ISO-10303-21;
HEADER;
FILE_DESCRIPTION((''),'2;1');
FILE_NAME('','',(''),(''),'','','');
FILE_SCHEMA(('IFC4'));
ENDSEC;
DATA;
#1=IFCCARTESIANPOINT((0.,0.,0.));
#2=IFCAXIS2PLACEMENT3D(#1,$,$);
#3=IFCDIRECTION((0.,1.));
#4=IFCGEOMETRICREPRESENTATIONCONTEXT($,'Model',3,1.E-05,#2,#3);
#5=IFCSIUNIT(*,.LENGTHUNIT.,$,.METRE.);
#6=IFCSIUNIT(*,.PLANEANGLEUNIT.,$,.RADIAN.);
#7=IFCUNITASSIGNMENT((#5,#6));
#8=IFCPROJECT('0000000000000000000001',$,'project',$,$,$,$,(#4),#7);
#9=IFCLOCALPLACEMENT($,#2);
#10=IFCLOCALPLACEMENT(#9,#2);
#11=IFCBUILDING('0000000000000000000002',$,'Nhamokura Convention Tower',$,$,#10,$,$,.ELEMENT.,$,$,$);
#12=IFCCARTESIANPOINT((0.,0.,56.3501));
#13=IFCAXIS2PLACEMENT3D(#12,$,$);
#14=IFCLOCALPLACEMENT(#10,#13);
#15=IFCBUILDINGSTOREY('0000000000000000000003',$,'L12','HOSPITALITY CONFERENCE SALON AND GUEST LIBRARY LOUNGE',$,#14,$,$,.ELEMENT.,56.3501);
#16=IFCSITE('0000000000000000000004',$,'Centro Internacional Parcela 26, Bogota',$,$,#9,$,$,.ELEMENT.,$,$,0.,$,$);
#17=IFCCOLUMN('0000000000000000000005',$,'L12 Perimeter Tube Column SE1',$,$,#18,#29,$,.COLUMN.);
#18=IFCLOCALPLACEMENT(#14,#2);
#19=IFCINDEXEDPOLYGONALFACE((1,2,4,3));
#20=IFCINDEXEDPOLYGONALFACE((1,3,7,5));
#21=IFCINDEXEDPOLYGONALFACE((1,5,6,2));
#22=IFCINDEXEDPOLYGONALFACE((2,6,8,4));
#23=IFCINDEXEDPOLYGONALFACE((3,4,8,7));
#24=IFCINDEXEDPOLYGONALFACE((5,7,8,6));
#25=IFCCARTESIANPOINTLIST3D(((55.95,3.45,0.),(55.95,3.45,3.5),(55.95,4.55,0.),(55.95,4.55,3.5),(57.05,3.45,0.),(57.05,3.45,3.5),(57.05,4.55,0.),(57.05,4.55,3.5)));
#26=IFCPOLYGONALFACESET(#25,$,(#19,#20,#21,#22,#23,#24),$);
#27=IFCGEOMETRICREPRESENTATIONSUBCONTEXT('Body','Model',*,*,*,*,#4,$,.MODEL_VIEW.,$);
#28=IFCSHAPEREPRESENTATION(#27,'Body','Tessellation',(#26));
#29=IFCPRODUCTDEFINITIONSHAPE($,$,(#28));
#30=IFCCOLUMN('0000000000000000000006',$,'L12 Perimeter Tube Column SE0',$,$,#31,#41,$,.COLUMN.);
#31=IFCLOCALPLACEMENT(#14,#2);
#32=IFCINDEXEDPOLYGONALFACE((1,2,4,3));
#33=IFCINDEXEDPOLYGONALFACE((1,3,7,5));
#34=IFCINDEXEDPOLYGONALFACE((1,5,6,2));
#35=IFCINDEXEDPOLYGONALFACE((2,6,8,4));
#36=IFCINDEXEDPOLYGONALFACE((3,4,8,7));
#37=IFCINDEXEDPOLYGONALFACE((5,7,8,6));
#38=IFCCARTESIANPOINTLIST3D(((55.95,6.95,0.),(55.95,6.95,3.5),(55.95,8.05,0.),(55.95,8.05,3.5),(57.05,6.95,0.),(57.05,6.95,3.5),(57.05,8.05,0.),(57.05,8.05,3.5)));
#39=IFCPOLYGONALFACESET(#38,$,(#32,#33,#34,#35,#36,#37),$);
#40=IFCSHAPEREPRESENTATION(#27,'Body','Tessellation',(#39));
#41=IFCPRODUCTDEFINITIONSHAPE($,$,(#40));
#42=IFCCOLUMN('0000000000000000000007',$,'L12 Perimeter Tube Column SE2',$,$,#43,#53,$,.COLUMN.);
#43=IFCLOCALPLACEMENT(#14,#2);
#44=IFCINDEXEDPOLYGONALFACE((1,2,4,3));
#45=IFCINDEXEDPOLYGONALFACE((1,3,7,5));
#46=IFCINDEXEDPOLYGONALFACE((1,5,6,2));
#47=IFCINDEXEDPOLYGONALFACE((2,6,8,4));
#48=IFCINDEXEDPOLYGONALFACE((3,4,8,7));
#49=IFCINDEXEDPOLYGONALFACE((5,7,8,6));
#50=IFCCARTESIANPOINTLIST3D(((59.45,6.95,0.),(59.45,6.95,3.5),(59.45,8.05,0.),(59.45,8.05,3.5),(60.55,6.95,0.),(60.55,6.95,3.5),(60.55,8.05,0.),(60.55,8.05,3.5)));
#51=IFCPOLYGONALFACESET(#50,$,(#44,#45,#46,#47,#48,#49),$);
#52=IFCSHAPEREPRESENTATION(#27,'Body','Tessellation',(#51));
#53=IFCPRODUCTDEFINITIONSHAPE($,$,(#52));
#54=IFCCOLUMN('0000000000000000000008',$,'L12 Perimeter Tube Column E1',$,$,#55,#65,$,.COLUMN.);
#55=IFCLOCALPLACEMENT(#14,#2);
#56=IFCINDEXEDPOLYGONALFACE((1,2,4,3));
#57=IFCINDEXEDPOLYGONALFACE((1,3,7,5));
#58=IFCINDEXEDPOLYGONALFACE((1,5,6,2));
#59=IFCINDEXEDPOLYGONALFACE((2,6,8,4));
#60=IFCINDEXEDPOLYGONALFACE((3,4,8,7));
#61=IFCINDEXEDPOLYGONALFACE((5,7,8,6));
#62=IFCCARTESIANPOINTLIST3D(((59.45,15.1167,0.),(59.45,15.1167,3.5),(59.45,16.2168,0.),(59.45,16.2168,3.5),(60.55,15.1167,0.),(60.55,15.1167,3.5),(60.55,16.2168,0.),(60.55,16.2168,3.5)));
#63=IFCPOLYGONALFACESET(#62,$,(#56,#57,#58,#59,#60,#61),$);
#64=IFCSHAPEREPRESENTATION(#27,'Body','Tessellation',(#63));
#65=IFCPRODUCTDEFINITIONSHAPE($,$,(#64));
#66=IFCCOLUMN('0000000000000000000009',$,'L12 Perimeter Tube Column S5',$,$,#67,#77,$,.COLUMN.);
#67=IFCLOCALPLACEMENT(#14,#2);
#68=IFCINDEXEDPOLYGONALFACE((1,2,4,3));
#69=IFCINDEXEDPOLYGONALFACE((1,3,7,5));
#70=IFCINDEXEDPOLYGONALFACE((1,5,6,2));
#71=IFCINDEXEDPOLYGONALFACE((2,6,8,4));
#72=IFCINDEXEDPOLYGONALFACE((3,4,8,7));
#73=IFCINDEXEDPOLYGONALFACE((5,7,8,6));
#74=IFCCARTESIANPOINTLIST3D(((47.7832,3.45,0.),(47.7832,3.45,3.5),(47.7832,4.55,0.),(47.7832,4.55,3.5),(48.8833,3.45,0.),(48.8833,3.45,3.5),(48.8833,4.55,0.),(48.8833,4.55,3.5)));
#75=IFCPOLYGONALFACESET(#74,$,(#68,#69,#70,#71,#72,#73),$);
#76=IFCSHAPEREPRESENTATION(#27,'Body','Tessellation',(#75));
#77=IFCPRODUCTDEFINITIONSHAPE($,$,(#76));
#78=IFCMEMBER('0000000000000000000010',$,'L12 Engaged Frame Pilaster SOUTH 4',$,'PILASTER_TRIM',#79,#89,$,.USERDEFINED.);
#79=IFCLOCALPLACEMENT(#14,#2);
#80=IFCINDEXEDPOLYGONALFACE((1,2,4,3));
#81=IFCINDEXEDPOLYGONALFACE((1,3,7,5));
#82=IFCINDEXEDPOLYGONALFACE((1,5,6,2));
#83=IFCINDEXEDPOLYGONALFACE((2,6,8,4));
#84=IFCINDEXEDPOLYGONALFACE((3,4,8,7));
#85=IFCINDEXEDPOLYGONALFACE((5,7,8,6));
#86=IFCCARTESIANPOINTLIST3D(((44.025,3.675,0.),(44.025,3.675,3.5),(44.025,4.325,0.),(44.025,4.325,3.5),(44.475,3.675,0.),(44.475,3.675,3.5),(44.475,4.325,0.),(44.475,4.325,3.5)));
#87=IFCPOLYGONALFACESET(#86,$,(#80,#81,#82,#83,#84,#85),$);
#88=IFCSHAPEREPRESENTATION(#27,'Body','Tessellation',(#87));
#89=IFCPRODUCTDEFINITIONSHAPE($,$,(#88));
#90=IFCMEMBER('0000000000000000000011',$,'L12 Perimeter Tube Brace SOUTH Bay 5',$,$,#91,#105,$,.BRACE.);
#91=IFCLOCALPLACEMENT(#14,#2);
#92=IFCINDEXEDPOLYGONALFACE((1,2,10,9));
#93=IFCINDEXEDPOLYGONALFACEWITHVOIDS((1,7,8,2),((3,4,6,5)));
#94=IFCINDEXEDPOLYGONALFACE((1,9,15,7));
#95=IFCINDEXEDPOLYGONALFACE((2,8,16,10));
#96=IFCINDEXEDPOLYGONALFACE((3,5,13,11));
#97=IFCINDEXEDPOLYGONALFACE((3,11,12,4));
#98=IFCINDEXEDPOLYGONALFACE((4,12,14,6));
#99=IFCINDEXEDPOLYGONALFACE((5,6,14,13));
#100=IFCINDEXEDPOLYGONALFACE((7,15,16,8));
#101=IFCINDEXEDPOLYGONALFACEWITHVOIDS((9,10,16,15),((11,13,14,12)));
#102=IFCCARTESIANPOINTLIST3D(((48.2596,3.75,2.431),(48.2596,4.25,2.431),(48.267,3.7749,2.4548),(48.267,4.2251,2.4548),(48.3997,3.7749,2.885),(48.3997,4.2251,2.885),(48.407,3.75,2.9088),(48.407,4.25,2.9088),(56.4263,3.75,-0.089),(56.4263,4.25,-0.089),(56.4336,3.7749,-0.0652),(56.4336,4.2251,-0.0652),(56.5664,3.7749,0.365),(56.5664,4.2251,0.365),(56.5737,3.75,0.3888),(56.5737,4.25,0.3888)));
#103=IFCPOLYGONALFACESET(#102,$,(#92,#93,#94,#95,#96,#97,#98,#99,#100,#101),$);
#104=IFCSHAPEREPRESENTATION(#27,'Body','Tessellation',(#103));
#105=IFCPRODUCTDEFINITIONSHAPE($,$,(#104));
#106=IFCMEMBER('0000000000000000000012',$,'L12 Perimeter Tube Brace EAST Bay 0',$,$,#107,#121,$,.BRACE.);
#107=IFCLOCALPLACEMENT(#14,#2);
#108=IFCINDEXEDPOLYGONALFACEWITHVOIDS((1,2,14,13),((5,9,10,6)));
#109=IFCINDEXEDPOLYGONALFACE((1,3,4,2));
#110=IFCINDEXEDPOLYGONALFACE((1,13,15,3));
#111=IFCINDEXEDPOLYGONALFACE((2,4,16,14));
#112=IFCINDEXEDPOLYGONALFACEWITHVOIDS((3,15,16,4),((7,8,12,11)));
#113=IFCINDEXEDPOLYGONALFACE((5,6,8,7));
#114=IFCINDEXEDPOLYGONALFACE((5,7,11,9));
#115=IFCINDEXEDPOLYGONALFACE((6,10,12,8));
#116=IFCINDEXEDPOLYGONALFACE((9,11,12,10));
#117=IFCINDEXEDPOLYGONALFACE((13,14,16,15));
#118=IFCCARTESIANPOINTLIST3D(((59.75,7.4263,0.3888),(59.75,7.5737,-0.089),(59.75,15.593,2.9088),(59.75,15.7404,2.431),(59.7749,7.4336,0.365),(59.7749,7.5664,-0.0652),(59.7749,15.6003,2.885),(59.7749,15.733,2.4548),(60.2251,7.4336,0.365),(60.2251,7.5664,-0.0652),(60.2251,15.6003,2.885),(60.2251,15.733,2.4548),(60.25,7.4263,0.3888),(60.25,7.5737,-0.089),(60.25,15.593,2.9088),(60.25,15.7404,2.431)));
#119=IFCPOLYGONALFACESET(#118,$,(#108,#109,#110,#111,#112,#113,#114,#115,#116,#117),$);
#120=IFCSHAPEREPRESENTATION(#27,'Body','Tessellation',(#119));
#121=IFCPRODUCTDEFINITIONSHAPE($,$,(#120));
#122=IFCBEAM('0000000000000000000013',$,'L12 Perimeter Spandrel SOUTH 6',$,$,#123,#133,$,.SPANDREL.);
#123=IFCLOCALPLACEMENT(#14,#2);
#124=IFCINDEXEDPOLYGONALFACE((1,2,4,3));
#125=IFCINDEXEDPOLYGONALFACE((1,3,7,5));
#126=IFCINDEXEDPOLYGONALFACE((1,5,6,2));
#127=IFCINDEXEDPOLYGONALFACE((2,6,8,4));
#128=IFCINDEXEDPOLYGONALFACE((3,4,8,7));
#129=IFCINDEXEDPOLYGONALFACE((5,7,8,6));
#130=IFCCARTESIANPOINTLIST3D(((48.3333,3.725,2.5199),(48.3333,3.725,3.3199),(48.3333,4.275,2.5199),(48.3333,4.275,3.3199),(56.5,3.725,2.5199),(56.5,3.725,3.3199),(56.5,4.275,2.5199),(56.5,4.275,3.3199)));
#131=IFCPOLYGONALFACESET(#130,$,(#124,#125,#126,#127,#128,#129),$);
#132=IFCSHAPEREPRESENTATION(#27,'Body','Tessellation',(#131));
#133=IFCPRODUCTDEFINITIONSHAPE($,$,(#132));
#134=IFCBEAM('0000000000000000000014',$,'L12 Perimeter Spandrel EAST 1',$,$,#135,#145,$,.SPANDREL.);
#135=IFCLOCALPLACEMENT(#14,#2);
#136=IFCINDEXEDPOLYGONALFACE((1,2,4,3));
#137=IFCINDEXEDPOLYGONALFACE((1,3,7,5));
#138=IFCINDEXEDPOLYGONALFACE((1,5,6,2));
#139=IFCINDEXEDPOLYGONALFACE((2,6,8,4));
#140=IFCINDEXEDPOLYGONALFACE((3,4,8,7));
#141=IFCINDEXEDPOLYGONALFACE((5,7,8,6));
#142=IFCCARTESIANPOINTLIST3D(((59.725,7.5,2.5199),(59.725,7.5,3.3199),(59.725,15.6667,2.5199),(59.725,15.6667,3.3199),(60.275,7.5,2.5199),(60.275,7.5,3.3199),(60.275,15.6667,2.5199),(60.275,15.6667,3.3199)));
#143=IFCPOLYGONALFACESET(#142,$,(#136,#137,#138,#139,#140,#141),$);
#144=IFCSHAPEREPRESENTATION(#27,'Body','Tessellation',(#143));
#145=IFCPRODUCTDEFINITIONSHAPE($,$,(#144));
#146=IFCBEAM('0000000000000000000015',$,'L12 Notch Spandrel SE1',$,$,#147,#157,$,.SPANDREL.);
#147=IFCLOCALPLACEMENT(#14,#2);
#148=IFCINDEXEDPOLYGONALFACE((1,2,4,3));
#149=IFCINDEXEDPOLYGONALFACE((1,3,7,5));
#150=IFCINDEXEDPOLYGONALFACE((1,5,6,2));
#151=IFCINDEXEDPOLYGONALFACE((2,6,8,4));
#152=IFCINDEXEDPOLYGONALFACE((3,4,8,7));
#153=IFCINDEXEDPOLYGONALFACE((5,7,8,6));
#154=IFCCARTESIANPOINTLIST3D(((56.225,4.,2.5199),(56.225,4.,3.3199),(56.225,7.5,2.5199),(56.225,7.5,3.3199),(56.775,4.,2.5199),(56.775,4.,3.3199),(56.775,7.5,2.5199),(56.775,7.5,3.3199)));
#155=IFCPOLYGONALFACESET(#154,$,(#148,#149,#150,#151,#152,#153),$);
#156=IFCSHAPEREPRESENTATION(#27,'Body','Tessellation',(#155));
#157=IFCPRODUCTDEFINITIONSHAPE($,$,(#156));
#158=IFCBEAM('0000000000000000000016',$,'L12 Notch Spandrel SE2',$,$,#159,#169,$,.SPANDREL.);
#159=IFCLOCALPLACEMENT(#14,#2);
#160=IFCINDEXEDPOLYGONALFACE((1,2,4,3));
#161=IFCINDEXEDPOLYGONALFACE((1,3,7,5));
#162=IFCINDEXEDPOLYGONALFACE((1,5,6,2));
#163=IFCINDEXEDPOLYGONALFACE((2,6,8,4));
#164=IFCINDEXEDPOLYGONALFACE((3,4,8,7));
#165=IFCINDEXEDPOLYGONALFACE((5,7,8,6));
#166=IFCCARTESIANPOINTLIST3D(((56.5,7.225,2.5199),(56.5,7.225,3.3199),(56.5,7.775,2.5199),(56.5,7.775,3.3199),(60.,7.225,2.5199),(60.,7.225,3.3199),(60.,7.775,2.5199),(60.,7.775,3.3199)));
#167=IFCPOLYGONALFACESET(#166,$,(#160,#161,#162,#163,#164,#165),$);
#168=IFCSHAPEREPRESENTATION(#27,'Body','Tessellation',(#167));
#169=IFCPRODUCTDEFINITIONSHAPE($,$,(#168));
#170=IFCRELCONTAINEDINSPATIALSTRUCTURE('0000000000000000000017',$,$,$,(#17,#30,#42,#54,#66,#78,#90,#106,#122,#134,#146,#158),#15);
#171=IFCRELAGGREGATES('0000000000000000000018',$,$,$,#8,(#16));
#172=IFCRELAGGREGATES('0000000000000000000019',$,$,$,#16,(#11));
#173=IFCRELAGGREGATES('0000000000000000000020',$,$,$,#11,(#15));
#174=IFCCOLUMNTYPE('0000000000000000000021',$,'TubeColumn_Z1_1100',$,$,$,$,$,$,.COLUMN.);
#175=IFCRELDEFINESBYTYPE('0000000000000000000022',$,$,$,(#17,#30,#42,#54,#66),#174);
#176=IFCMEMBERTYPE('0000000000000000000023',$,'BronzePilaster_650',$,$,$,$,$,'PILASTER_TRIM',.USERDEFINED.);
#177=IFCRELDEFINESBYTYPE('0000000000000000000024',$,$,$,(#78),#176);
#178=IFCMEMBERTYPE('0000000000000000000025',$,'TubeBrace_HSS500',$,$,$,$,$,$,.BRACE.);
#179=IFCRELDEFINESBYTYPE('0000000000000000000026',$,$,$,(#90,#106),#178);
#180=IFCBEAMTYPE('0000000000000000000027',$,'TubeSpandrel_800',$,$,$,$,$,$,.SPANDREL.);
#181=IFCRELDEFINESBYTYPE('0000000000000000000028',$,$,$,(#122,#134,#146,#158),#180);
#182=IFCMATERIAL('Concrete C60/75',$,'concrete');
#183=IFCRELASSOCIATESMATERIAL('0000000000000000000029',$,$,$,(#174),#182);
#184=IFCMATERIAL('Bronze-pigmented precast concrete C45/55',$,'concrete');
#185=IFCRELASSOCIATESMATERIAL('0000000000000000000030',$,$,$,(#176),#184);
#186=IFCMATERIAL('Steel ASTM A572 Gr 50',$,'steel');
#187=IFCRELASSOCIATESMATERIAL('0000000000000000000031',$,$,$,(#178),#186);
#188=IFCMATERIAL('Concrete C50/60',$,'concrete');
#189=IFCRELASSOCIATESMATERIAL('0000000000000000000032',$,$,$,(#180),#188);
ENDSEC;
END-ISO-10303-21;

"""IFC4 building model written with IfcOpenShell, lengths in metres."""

from ifc_helpers import new_model, si_unit, direction, frame, origin, origin_2d, place, context, subcontext, project, spatial, rectangle, hollow_rectangle, extrude, material, material_profile, profile_set, type_object, element, save


model = new_model("IFC4")

# Units and contexts
model_context = context("Model", 3, precision=1e-05, world=origin(), true_north=direction((0.0, 1.0)))
body_context = subcontext(model_context, "Body", "Model", "MODEL_VIEW")
ifc_project = project(units=[si_unit("LENGTHUNIT", "METRE"), si_unit("PLANEANGLEUNIT", "RADIAN")], contexts=[model_context])

# Site, building, storey
site_placement = place(None, origin())
site = spatial("IfcSite", under=ifc_project, at=site_placement, Name="Centro Internacional Parcela 26, Bogota", CompositionType="ELEMENT", RefElevation=0.0)
building_placement = place(site_placement, origin())
building = spatial("IfcBuilding", under=site, at=building_placement, Name="Nhamokura Convention Tower", CompositionType="ELEMENT")
storey_placement = place(building_placement, frame((0.0, 0.0, 56.3501)))
storey = spatial("IfcBuildingStorey", under=building, at=storey_placement, Name="L12", Description="HOSPITALITY CONFERENCE SALON AND GUEST LIBRARY LOUNGE", CompositionType="ELEMENT", Elevation=56.3501)

# Columns
ifc_material_1 = material(Name="Concrete C60/75", Category="concrete")
ifc_material_profile_1 = material_profile(ifc_material_1, rectangle(XDim=1.1001, YDim=1.1001, at=origin_2d()))
ifc_profile_set_1 = profile_set([ifc_material_profile_1], Name="Concrete C60/75")
column_type = type_object("IfcColumnType", Name="TubeColumn_Z1_1100", PredefinedType="COLUMN", material=ifc_profile_set_1)
for number, where, z_axis, x_axis, name in (
    (1, (56.5, 4.0, 0.0), (0.0, 0.0, 1.0), (1.0, 0.0, 0.0), "L12 Perimeter Tube Column SE1"),
    (2, (56.5, 7.5, 0.0), (0.0, 0.0, 1.0), (1.0, 0.0, 0.0), "L12 Perimeter Tube Column SE0"),
    (3, (60.0, 7.5, 0.0), (0.0, 0.0, 1.0), (1.0, 0.0, 0.0), "L12 Perimeter Tube Column SE2"),
    (4, (60.0, 15.6667, 0.0), (0.0, 0.0, 1.0), (1.0, 0.0, 0.0), "L12 Perimeter Tube Column E1"),
    (5, (48.3333, 4.0, 0.0), (0.0, 0.0, 1.0), (1.0, 0.0, 0.0), "L12 Perimeter Tube Column S5"),
):
    element("IfcColumn", number, at=place(storey_placement, frame(where, z_axis=z_axis, x_axis=x_axis)), inside=storey, type_object=column_type, Name=name, PredefinedType="COLUMN", context=body_context, shape_type="SweptSolid", body=[
        extrude(rectangle(XDim=1.1001, YDim=1.1001, at=origin_2d()), origin(), (0.0, 0.0, 1.0), 3.5),
    ])

# Members
ifc_material_2 = material(Name="Bronze-pigmented precast concrete C45/55", Category="concrete")
ifc_material_profile_2 = material_profile(ifc_material_2, rectangle(XDim=0.45, YDim=0.6499, at=origin_2d()))
ifc_profile_set_2 = profile_set([ifc_material_profile_2], Name="Bronze-pigmented precast concrete C45/55")
member_type_1 = type_object("IfcMemberType", Name="BronzePilaster_650", ElementType="PILASTER_TRIM", PredefinedType="USERDEFINED", material=ifc_profile_set_2)
member_placement = place(storey_placement, frame((44.25, 4.0, 0.0), z_axis=(0.0, 0.0, 1.0), x_axis=(1.0, 0.0, 0.0)))
element("IfcMember", 6, at=member_placement, inside=storey, type_object=member_type_1, Name="L12 Engaged Frame Pilaster SOUTH 4", ObjectType="PILASTER_TRIM", PredefinedType="USERDEFINED", context=body_context, shape_type="SweptSolid", body=[
    extrude(rectangle(XDim=0.45, YDim=0.6499, at=origin_2d()), origin(), (0.0, 0.0, 1.0), 3.5),
])
ifc_material_3 = material(Name="Steel ASTM A572 Gr 50", Category="steel")
ifc_material_profile_3 = material_profile(ifc_material_3, hollow_rectangle(XDim=0.5, YDim=0.5, WallThickness=0.0249, at=origin_2d()))
ifc_profile_set_3 = profile_set([ifc_material_profile_3], Name="Steel ASTM A572 Gr 50")
member_type_2 = type_object("IfcMemberType", Name="TubeBrace_HSS500", PredefinedType="BRACE", material=ifc_profile_set_3)
for number, where, z_axis, x_axis, name in (
    (7, (56.5, 4.0, 0.1499), (-0.955543, 0.0, 0.294853), (0.0, -1.0, 0.0), "L12 Perimeter Tube Brace SOUTH Bay 5"),
    (8, (60.0, 7.5, 0.1499), (0.0, 0.955543, 0.294853), (-1.0, 0.0, 0.0), "L12 Perimeter Tube Brace EAST Bay 0"),
):
    element("IfcMember", number, at=place(storey_placement, frame(where, z_axis=z_axis, x_axis=x_axis)), inside=storey, type_object=member_type_2, Name=name, PredefinedType="BRACE", context=body_context, shape_type="SweptSolid", body=[
        extrude(hollow_rectangle(XDim=0.5, YDim=0.5, WallThickness=0.0249, at=origin_2d()), origin(), (0.0, 0.0, 1.0), 8.5466),
    ])

# Beams
ifc_material_4 = material(Name="Concrete C50/60", Category="concrete")
ifc_material_profile_4 = material_profile(ifc_material_4, rectangle(XDim=0.55, YDim=0.8, at=origin_2d()))
ifc_profile_set_4 = profile_set([ifc_material_profile_4], Name="Concrete C50/60")
beam_type = type_object("IfcBeamType", Name="TubeSpandrel_800", PredefinedType="SPANDREL", material=ifc_profile_set_4)
for number, where, z_axis, x_axis, name in (
    (9, (48.3333, 4.0, 2.9199), (1.0, 0.0, 0.0), (0.0, 1.0, 0.0), "L12 Perimeter Spandrel SOUTH 6"),
    (10, (60.0, 7.5, 2.9199), (0.0, 1.0, 0.0), (-1.0, 0.0, 0.0), "L12 Perimeter Spandrel EAST 1"),
):
    element("IfcBeam", number, at=place(storey_placement, frame(where, z_axis=z_axis, x_axis=x_axis)), inside=storey, type_object=beam_type, Name=name, PredefinedType="SPANDREL", context=body_context, shape_type="SweptSolid", body=[
        extrude(rectangle(XDim=0.55, YDim=0.8, at=origin_2d()), origin(), (0.0, 0.0, 1.0), 8.1667),
    ])
for number, where, z_axis, x_axis, name in (
    (11, (56.5, 4.0, 2.9199), (0.0, 1.0, 0.0), (-1.0, 0.0, 0.0), "L12 Notch Spandrel SE1"),
    (12, (56.5, 7.5, 2.9199), (1.0, 0.0, 0.0), (0.0, 1.0, 0.0), "L12 Notch Spandrel SE2"),
):
    element("IfcBeam", number, at=place(storey_placement, frame(where, z_axis=z_axis, x_axis=x_axis)), inside=storey, type_object=beam_type, Name=name, PredefinedType="SPANDREL", context=body_context, shape_type="SweptSolid", body=[
        extrude(rectangle(XDim=0.55, YDim=0.8, at=origin_2d()), origin(), (0.0, 0.0, 1.0), 3.5),
    ])

save(model, "model.ifc")
